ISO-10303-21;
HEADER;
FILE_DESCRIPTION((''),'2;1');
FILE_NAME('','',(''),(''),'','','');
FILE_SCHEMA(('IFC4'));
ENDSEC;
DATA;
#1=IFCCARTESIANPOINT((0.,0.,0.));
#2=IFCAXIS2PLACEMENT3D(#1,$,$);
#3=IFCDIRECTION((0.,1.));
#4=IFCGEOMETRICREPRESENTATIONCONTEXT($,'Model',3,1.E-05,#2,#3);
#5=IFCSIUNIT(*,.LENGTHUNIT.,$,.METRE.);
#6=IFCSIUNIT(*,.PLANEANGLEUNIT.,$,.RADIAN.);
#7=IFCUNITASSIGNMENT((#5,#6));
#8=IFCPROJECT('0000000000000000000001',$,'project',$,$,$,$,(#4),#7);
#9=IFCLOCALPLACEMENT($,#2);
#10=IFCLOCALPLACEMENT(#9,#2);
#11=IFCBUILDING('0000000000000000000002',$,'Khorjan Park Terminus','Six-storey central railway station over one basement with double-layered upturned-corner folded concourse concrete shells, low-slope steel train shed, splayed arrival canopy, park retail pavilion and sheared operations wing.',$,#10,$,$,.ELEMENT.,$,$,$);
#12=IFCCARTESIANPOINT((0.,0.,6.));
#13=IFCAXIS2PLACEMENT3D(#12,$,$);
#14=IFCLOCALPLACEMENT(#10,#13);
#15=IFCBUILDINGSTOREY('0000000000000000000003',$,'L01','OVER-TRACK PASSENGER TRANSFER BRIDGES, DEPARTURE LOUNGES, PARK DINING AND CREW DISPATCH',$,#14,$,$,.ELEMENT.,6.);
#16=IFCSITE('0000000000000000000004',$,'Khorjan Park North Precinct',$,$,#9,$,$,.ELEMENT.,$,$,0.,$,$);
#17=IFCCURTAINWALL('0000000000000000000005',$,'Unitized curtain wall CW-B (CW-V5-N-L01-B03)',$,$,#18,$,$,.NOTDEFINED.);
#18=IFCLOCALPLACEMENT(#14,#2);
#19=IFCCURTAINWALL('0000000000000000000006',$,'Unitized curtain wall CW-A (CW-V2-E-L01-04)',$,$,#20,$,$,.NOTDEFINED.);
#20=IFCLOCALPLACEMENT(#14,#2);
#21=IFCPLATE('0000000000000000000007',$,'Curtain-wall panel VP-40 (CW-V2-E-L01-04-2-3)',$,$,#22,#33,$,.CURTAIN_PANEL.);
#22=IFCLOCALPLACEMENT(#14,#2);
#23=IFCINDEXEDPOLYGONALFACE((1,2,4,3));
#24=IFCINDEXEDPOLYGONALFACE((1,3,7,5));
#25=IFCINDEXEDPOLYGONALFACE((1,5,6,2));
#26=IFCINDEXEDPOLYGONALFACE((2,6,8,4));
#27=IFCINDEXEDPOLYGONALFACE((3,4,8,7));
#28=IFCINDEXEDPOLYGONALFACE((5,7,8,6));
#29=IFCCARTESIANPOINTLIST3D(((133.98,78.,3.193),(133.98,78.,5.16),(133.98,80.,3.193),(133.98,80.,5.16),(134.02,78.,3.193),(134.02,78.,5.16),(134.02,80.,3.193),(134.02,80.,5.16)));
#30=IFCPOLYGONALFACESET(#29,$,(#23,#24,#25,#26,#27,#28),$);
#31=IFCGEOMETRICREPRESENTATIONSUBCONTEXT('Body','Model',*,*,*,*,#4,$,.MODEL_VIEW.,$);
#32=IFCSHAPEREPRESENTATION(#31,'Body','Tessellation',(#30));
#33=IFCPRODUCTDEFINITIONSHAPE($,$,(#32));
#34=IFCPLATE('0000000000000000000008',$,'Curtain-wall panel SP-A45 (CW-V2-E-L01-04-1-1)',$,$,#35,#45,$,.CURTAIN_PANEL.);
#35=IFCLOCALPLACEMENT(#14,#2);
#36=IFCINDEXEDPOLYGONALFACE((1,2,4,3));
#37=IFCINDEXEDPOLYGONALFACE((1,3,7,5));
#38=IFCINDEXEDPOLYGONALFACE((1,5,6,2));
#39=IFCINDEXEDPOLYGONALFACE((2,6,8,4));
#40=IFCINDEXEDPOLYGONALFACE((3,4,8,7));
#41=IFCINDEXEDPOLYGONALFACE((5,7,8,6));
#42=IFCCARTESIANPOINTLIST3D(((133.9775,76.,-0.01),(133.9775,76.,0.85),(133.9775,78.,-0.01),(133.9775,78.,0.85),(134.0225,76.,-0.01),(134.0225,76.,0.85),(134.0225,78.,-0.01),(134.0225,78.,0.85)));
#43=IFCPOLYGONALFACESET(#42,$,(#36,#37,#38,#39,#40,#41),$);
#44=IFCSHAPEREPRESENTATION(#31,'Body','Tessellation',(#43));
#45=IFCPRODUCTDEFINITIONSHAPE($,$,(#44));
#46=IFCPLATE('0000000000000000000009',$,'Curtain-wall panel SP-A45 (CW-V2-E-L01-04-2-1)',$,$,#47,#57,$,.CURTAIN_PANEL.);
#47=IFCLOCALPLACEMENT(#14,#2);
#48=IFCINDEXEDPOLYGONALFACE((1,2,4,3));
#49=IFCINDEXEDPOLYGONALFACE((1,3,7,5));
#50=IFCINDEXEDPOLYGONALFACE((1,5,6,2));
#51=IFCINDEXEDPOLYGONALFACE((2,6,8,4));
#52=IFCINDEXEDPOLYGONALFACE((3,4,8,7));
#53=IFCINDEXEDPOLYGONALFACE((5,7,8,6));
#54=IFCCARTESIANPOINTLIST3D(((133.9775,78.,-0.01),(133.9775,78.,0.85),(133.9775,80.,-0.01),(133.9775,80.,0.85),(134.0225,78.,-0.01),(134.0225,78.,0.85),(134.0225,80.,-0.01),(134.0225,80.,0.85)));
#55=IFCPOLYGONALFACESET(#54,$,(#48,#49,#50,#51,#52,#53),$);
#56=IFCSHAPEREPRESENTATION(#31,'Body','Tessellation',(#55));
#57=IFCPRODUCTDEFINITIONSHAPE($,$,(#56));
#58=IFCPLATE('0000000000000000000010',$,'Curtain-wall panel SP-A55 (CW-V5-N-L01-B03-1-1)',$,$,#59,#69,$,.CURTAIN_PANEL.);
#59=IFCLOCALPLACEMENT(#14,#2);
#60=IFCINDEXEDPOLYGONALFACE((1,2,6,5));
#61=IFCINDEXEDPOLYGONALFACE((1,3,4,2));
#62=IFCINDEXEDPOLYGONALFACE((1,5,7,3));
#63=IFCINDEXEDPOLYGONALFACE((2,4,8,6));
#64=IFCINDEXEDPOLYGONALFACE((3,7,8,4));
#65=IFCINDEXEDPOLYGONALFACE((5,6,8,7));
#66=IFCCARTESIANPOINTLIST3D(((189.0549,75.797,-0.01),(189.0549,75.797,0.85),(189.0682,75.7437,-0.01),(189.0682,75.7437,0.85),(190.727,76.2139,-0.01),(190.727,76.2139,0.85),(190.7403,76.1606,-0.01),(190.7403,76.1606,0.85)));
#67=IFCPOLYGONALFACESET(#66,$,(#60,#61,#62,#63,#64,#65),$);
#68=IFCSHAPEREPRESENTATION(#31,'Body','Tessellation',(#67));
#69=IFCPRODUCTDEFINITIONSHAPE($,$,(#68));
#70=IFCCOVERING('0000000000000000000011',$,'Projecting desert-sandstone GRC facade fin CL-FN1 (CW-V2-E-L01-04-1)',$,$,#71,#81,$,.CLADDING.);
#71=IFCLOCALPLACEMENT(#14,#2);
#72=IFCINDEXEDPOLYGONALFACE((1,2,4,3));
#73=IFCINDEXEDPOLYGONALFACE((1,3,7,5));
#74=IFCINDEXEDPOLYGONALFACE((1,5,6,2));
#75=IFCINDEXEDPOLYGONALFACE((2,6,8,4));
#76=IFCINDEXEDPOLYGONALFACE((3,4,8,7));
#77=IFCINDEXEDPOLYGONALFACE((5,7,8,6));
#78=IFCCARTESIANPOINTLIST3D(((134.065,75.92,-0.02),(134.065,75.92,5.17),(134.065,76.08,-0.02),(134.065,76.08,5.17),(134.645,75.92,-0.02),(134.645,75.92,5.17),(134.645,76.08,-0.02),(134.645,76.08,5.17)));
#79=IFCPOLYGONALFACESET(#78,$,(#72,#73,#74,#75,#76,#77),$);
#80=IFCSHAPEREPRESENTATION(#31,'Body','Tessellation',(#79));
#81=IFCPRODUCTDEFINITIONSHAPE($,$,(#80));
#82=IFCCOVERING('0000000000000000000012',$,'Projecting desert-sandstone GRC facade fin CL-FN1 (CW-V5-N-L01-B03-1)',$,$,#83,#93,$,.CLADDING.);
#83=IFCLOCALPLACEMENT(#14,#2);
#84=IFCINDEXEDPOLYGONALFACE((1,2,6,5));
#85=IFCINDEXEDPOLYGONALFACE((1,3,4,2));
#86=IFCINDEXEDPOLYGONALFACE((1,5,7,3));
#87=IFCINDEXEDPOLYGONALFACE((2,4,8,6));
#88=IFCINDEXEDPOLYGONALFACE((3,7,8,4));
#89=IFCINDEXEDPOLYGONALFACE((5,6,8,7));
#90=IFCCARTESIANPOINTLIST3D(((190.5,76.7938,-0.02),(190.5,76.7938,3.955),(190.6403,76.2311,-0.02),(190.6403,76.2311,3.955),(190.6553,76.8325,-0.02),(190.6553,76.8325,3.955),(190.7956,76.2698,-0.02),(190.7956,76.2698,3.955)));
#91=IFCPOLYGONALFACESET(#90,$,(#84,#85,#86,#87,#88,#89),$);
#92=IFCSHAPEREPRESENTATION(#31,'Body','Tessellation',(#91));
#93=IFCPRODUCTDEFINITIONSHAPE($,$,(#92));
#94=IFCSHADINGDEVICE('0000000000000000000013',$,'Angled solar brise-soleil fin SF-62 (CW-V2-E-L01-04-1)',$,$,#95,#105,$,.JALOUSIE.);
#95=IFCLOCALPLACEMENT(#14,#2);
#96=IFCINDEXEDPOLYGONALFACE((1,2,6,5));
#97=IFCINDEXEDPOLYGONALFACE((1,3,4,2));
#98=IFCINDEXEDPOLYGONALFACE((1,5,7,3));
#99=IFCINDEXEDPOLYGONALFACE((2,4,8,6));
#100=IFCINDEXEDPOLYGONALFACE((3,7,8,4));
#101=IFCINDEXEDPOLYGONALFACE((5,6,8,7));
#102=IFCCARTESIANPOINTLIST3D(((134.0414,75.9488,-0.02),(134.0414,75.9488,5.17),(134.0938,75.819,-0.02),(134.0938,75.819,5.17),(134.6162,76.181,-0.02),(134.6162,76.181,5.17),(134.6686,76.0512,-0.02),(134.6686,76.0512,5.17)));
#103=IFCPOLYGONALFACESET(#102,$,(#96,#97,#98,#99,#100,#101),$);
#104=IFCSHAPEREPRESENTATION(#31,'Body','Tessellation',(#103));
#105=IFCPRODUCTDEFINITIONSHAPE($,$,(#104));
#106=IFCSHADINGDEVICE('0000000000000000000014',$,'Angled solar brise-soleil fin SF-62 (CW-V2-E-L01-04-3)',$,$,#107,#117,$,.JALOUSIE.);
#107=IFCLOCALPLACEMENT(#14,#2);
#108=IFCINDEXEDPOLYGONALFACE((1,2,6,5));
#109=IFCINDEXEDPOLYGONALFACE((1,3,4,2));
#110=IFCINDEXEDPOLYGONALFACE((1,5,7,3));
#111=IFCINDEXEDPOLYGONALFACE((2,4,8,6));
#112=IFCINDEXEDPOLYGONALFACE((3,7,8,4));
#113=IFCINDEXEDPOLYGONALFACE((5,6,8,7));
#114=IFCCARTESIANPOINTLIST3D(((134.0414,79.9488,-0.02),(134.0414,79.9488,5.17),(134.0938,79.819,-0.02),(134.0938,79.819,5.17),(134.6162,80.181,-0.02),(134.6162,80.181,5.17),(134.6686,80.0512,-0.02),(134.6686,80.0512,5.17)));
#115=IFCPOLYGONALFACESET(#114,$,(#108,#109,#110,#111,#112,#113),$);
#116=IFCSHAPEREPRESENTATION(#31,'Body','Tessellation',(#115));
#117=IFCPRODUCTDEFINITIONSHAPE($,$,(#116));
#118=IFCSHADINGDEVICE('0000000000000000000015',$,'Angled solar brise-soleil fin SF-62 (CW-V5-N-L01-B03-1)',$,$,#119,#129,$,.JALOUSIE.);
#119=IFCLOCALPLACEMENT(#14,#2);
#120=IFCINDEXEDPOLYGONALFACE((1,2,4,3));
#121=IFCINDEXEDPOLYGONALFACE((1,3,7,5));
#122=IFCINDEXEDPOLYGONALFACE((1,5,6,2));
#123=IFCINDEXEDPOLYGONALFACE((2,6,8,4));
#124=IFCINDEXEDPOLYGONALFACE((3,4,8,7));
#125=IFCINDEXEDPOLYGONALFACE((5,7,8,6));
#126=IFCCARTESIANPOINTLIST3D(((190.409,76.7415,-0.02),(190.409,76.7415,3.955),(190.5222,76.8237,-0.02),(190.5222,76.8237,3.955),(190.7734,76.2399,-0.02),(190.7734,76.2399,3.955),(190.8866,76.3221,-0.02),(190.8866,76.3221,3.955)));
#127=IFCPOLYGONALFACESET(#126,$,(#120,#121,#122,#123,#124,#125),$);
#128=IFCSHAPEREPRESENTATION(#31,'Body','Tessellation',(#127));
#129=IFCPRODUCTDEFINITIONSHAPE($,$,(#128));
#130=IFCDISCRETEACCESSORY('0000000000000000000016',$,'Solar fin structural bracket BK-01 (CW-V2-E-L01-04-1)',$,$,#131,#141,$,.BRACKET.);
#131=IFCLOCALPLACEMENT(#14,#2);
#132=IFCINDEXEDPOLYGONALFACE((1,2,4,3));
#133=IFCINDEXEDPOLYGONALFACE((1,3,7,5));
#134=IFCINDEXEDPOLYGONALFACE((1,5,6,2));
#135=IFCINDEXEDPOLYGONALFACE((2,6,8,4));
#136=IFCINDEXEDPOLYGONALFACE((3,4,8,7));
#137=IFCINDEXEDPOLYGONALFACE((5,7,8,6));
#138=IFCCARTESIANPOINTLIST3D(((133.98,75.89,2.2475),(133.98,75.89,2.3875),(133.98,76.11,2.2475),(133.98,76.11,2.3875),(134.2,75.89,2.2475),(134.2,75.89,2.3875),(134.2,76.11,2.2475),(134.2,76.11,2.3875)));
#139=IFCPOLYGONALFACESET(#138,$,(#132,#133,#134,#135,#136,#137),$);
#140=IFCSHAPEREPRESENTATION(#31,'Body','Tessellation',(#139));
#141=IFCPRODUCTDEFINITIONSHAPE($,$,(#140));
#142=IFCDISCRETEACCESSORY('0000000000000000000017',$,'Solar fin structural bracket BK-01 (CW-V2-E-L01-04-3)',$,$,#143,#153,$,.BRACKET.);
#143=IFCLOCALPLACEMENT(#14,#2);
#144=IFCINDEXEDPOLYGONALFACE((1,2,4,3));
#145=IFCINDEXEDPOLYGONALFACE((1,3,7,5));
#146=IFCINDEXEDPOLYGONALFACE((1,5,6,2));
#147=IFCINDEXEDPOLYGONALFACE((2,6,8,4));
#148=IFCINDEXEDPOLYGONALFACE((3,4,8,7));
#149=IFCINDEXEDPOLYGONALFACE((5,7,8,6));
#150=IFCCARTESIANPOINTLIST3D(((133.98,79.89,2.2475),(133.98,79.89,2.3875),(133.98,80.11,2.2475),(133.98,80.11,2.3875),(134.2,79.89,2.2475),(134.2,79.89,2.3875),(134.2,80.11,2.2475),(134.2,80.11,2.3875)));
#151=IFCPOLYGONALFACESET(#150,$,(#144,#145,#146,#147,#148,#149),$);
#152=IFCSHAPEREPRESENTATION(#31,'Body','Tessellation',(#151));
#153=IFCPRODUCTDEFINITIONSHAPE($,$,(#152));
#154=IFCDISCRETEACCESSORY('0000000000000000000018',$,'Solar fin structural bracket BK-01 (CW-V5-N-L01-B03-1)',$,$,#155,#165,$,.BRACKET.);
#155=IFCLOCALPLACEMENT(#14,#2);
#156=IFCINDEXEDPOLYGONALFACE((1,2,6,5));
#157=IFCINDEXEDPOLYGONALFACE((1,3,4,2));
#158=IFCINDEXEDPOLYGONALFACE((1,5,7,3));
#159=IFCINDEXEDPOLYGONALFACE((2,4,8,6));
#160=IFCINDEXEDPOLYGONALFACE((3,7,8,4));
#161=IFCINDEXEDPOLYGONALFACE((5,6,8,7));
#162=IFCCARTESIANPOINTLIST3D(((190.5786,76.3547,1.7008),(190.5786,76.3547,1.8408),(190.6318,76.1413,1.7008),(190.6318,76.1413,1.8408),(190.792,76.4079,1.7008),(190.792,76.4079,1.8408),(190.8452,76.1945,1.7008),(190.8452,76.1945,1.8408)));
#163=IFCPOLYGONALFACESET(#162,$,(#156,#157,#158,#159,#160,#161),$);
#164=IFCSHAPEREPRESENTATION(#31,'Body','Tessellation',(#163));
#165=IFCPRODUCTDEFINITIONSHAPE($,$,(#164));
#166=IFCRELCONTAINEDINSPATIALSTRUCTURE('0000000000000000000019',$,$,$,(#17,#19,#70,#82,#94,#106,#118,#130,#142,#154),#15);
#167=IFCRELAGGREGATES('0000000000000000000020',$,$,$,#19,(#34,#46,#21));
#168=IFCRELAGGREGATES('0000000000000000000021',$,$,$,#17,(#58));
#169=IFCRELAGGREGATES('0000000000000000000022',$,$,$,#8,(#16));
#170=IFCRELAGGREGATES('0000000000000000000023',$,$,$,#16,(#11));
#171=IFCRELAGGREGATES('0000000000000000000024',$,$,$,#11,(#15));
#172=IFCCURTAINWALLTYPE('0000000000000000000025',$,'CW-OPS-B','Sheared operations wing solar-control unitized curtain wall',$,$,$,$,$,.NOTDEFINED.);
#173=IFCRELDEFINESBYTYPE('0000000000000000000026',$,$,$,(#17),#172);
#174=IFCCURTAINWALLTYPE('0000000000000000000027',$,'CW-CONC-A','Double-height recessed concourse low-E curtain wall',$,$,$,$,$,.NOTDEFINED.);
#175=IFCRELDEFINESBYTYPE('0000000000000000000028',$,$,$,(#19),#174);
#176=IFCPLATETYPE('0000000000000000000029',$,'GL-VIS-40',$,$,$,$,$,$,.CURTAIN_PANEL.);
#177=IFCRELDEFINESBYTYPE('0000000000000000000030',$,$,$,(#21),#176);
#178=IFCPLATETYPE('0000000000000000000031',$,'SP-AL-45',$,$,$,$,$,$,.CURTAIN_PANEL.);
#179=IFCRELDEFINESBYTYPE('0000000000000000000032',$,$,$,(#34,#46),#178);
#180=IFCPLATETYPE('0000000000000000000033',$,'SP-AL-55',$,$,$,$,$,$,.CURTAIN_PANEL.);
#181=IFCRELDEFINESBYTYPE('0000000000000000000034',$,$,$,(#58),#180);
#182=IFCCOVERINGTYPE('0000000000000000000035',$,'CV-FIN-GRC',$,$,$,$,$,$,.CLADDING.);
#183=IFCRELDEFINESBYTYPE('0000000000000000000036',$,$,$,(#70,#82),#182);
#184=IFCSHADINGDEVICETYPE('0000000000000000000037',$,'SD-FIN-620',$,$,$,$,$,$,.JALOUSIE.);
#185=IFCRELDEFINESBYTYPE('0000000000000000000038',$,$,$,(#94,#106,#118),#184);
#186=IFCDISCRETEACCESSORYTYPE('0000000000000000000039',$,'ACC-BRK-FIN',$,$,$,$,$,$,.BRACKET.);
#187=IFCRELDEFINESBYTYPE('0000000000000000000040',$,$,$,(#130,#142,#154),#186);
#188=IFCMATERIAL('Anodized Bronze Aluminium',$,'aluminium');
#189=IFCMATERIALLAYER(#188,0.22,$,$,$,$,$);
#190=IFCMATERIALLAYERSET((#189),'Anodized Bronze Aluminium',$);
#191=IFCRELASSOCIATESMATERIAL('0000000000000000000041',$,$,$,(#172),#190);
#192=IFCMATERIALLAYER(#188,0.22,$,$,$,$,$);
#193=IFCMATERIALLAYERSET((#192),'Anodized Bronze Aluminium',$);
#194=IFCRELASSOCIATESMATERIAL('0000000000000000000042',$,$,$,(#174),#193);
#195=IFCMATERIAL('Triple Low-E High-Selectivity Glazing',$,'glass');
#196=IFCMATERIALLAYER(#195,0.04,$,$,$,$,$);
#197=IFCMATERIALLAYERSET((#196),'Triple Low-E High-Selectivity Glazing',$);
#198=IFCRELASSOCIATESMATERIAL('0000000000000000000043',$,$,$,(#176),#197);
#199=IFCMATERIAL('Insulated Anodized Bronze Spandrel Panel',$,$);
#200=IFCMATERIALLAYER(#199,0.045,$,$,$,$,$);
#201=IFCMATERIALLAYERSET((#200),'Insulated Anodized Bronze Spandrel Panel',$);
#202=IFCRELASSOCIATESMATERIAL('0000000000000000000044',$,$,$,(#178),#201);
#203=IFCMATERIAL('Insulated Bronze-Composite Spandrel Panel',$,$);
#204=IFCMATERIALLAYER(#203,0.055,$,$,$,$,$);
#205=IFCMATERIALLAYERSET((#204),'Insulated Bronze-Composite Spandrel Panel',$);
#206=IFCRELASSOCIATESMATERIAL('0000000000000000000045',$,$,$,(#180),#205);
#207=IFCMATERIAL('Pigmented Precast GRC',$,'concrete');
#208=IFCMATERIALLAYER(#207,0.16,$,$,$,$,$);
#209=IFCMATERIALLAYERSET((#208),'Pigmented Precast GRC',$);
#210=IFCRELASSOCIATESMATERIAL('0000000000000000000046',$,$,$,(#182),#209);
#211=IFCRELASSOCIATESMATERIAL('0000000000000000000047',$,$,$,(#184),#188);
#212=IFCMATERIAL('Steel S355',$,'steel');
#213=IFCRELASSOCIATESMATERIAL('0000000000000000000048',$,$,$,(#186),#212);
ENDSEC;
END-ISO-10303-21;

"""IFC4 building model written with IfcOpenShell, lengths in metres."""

from ifc_helpers import new_model, si_unit, direction, frame, origin, origin_2d, place, context, subcontext, project, spatial, rectangle, extrude, material, layer, layer_set, type_object, element, aggregate, save


model = new_model("IFC4")

# Units and contexts
model_context = context("Model", 3, precision=1e-05, world=origin(), true_north=direction((0.0, 1.0)))
body_context = subcontext(model_context, "Body", "Model", "MODEL_VIEW")
ifc_project = project(units=[si_unit("LENGTHUNIT", "METRE"), si_unit("PLANEANGLEUNIT", "RADIAN")], contexts=[model_context])

# Site, building, storey
site_placement = place(None, origin())
site = spatial("IfcSite", under=ifc_project, at=site_placement, Name="Khorjan Park North Precinct", CompositionType="ELEMENT", RefElevation=0.0)
building_placement = place(site_placement, origin())
building = spatial("IfcBuilding", under=site, at=building_placement, Name="Khorjan Park Terminus", Description="Six-storey central railway station over one basement with double-layered upturned-corner folded concourse concrete shells, low-slope steel train shed, splayed arrival canopy, park retail pavilion and sheared operations wing.", CompositionType="ELEMENT")
storey_placement = place(building_placement, frame((0.0, 0.0, 6.0)))
storey = spatial("IfcBuildingStorey", under=building, at=storey_placement, Name="L01", Description="OVER-TRACK PASSENGER TRANSFER BRIDGES, DEPARTURE LOUNGES, PARK DINING AND CREW DISPATCH", CompositionType="ELEMENT", Elevation=6.0)

# Curtain wall
ifc_material_1 = material(Name="Anodized Bronze Aluminium", Category="aluminium")
ifc_layer_1 = layer(ifc_material_1, 0.22)
ifc_layer_set_1 = layer_set([ifc_layer_1], Name="Anodized Bronze Aluminium")
curtain_wall_type_1 = type_object("IfcCurtainWallType", Name="CW-OPS-B", Description="Sheared operations wing solar-control unitized curtain wall", PredefinedType="NOTDEFINED", material=ifc_layer_set_1)
curtain_wall_1_placement = place(storey_placement, origin())
curtain_wall_1 = element("IfcCurtainWall", 1, at=curtain_wall_1_placement, inside=storey, type_object=curtain_wall_type_1, Name="Unitized curtain wall CW-B (CW-V5-N-L01-B03)", PredefinedType="NOTDEFINED")

# Curtain wall
ifc_layer_2 = layer(ifc_material_1, 0.22)
ifc_layer_set_2 = layer_set([ifc_layer_2], Name="Anodized Bronze Aluminium")
curtain_wall_type_2 = type_object("IfcCurtainWallType", Name="CW-CONC-A", Description="Double-height recessed concourse low-E curtain wall", PredefinedType="NOTDEFINED", material=ifc_layer_set_2)
curtain_wall_2_placement = place(storey_placement, origin())
curtain_wall_2 = element("IfcCurtainWall", 2, at=curtain_wall_2_placement, inside=storey, type_object=curtain_wall_type_2, Name="Unitized curtain wall CW-A (CW-V2-E-L01-04)", PredefinedType="NOTDEFINED")

# Plates
ifc_material_2 = material(Name="Triple Low-E High-Selectivity Glazing", Category="glass")
ifc_layer_3 = layer(ifc_material_2, 0.04)
ifc_layer_set_3 = layer_set([ifc_layer_3], Name="Triple Low-E High-Selectivity Glazing")
plate_type_1 = type_object("IfcPlateType", Name="GL-VIS-40", PredefinedType="CURTAIN_PANEL", material=ifc_layer_set_3)
plate_1_placement = place(storey_placement, frame((134.0, 79.0, 3.193), z_axis=(0.0, 0.0, 1.0), x_axis=(0.0, 1.0, 0.0)))
plate_1 = element("IfcPlate", 3, at=plate_1_placement, type_object=plate_type_1, Name="Curtain-wall panel VP-40 (CW-V2-E-L01-04-2-3)", PredefinedType="CURTAIN_PANEL", context=body_context, shape_type="SweptSolid", body=[
    extrude(rectangle(XDim=2.0, YDim=0.04, at=origin_2d()), origin(), (0.0, 0.0, 1.0), 1.967),
])
ifc_material_3 = material(Name="Insulated Anodized Bronze Spandrel Panel")
ifc_layer_4 = layer(ifc_material_3, 0.045)
ifc_layer_set_4 = layer_set([ifc_layer_4], Name="Insulated Anodized Bronze Spandrel Panel")
plate_type_2 = type_object("IfcPlateType", Name="SP-AL-45", PredefinedType="CURTAIN_PANEL", material=ifc_layer_set_4)
plate_2_placement = place(storey_placement, frame((134.0, 77.0, -0.01), z_axis=(0.0, 0.0, 1.0), x_axis=(0.0, 1.0, 0.0)))
plate_2 = element("IfcPlate", 4, at=plate_2_placement, type_object=plate_type_2, Name="Curtain-wall panel SP-A45 (CW-V2-E-L01-04-1-1)", PredefinedType="CURTAIN_PANEL", context=body_context, shape_type="SweptSolid", body=[
    extrude(rectangle(XDim=2.0, YDim=0.045, at=origin_2d()), origin(), (0.0, 0.0, 1.0), 0.86),
])
plate_3_placement = place(storey_placement, frame((134.0, 79.0, -0.01), z_axis=(0.0, 0.0, 1.0), x_axis=(0.0, 1.0, 0.0)))
plate_3 = element("IfcPlate", 5, at=plate_3_placement, type_object=plate_type_2, Name="Curtain-wall panel SP-A45 (CW-V2-E-L01-04-2-1)", PredefinedType="CURTAIN_PANEL", context=body_context, shape_type="SweptSolid", body=[
    extrude(rectangle(XDim=2.0, YDim=0.045, at=origin_2d()), origin(), (0.0, 0.0, 1.0), 0.86),
])
aggregate(curtain_wall_2, [plate_2, plate_3, plate_1])
ifc_material_4 = material(Name="Insulated Bronze-Composite Spandrel Panel")
ifc_layer_5 = layer(ifc_material_4, 0.055)
ifc_layer_set_5 = layer_set([ifc_layer_5], Name="Insulated Bronze-Composite Spandrel Panel")
plate_type_3 = type_object("IfcPlateType", Name="SP-AL-55", PredefinedType="CURTAIN_PANEL", material=ifc_layer_set_5)
plate_4_placement = place(storey_placement, frame((189.8976, 75.9788, -0.01), z_axis=(0.0, 0.0, 1.0), x_axis=(-0.970296, -0.241921, 0.0)))
plate_4 = element("IfcPlate", 6, at=plate_4_placement, type_object=plate_type_3, Name="Curtain-wall panel SP-A55 (CW-V5-N-L01-B03-1-1)", PredefinedType="CURTAIN_PANEL", context=body_context, shape_type="SweptSolid", body=[
    extrude(rectangle(XDim=1.7233, YDim=0.055, at=origin_2d()), origin(), (0.0, 0.0, 1.0), 0.86),
])
aggregate(curtain_wall_1, [plate_4])

# Coverings
ifc_material_5 = material(Name="Pigmented Precast GRC", Category="concrete")
ifc_layer_6 = layer(ifc_material_5, 0.16)
ifc_layer_set_6 = layer_set([ifc_layer_6], Name="Pigmented Precast GRC")
covering_type = type_object("IfcCoveringType", Name="CV-FIN-GRC", PredefinedType="CLADDING", material=ifc_layer_set_6)
covering_1_placement = place(storey_placement, frame((134.355, 76.0, -0.02), z_axis=(0.0, 0.0, 1.0), x_axis=(-1.0, 0.0, 0.0)))
element("IfcCovering", 7, at=covering_1_placement, inside=storey, type_object=covering_type, Name="Projecting desert-sandstone GRC facade fin CL-FN1 (CW-V2-E-L01-04-1)", PredefinedType="CLADDING", context=body_context, shape_type="SweptSolid", body=[
    extrude(rectangle(XDim=0.58, YDim=0.16, at=origin_2d()), origin(), (0.0, 0.0, 1.0), 5.19),
])
covering_2_placement = place(storey_placement, frame((190.6478, 76.5318, -0.02), z_axis=(0.0, 0.0, 1.0), x_axis=(0.241922, -0.970296, 0.0)))
element("IfcCovering", 8, at=covering_2_placement, inside=storey, type_object=covering_type, Name="Projecting desert-sandstone GRC facade fin CL-FN1 (CW-V5-N-L01-B03-1)", PredefinedType="CLADDING", context=body_context, shape_type="SweptSolid", body=[
    extrude(rectangle(XDim=0.58, YDim=0.16, at=origin_2d()), origin(), (0.0, 0.0, 1.0), 3.975),
])

# Shading devices
shading_device_type = type_object("IfcShadingDeviceType", Name="SD-FIN-620", PredefinedType="JALOUSIE", material=ifc_material_1)
for number, where, z_axis, x_axis, name in (
    (9, (134.355, 76.0, -0.02), (0.0, 0.0, 1.0), (-0.927184, -0.374607, 0.0), "Angled solar brise-soleil fin SF-62 (CW-V2-E-L01-04-1)"),
    (10, (134.355, 80.0, -0.02), (0.0, 0.0, 1.0), (-0.927184, -0.374607, 0.0), "Angled solar brise-soleil fin SF-62 (CW-V2-E-L01-04-3)"),
):
    element("IfcShadingDevice", number, at=place(storey_placement, frame(where, z_axis=z_axis, x_axis=x_axis)), inside=storey, type_object=shading_device_type, Name=name, PredefinedType="JALOUSIE", context=body_context, shape_type="SweptSolid", body=[
        extrude(rectangle(XDim=0.62, YDim=0.14, at=origin_2d()), origin(), (0.0, 0.0, 1.0), 5.19),
    ])
shading_device_placement = place(storey_placement, frame((190.6478, 76.5318, -0.02), z_axis=(0.0, 0.0, 1.0), x_axis=(0.587785, -0.809017, 0.0)))
element("IfcShadingDevice", 11, at=shading_device_placement, inside=storey, type_object=shading_device_type, Name="Angled solar brise-soleil fin SF-62 (CW-V5-N-L01-B03-1)", PredefinedType="JALOUSIE", context=body_context, shape_type="SweptSolid", body=[
    extrude(rectangle(XDim=0.62, YDim=0.14, at=origin_2d()), origin(), (0.0, 0.0, 1.0), 3.975),
])

# Discrete accessories
ifc_material_6 = material(Name="Steel S355", Category="steel")
discrete_accessory_type = type_object("IfcDiscreteAccessoryType", Name="ACC-BRK-FIN", PredefinedType="BRACKET", material=ifc_material_6)
for number, where, z_axis, x_axis, name in (
    (12, (134.09, 76.0, 2.2475), (0.0, 0.0, 1.0), (0.0, 1.0, 0.0), "Solar fin structural bracket BK-01 (CW-V2-E-L01-04-1)"),
    (13, (134.09, 80.0, 2.2475), (0.0, 0.0, 1.0), (0.0, 1.0, 0.0), "Solar fin structural bracket BK-01 (CW-V2-E-L01-04-3)"),
    (14, (190.7119, 76.2746, 1.7008), (0.0, 0.0, 1.0), (-0.970296, -0.241921, 0.0), "Solar fin structural bracket BK-01 (CW-V5-N-L01-B03-1)"),
):
    element("IfcDiscreteAccessory", number, at=place(storey_placement, frame(where, z_axis=z_axis, x_axis=x_axis)), inside=storey, type_object=discrete_accessory_type, Name=name, PredefinedType="BRACKET", context=body_context, shape_type="SweptSolid", body=[
        extrude(rectangle(XDim=0.22, YDim=0.22, at=origin_2d()), origin(), (0.0, 0.0, 1.0), 0.14),
    ])

save(model, "model.ifc")
